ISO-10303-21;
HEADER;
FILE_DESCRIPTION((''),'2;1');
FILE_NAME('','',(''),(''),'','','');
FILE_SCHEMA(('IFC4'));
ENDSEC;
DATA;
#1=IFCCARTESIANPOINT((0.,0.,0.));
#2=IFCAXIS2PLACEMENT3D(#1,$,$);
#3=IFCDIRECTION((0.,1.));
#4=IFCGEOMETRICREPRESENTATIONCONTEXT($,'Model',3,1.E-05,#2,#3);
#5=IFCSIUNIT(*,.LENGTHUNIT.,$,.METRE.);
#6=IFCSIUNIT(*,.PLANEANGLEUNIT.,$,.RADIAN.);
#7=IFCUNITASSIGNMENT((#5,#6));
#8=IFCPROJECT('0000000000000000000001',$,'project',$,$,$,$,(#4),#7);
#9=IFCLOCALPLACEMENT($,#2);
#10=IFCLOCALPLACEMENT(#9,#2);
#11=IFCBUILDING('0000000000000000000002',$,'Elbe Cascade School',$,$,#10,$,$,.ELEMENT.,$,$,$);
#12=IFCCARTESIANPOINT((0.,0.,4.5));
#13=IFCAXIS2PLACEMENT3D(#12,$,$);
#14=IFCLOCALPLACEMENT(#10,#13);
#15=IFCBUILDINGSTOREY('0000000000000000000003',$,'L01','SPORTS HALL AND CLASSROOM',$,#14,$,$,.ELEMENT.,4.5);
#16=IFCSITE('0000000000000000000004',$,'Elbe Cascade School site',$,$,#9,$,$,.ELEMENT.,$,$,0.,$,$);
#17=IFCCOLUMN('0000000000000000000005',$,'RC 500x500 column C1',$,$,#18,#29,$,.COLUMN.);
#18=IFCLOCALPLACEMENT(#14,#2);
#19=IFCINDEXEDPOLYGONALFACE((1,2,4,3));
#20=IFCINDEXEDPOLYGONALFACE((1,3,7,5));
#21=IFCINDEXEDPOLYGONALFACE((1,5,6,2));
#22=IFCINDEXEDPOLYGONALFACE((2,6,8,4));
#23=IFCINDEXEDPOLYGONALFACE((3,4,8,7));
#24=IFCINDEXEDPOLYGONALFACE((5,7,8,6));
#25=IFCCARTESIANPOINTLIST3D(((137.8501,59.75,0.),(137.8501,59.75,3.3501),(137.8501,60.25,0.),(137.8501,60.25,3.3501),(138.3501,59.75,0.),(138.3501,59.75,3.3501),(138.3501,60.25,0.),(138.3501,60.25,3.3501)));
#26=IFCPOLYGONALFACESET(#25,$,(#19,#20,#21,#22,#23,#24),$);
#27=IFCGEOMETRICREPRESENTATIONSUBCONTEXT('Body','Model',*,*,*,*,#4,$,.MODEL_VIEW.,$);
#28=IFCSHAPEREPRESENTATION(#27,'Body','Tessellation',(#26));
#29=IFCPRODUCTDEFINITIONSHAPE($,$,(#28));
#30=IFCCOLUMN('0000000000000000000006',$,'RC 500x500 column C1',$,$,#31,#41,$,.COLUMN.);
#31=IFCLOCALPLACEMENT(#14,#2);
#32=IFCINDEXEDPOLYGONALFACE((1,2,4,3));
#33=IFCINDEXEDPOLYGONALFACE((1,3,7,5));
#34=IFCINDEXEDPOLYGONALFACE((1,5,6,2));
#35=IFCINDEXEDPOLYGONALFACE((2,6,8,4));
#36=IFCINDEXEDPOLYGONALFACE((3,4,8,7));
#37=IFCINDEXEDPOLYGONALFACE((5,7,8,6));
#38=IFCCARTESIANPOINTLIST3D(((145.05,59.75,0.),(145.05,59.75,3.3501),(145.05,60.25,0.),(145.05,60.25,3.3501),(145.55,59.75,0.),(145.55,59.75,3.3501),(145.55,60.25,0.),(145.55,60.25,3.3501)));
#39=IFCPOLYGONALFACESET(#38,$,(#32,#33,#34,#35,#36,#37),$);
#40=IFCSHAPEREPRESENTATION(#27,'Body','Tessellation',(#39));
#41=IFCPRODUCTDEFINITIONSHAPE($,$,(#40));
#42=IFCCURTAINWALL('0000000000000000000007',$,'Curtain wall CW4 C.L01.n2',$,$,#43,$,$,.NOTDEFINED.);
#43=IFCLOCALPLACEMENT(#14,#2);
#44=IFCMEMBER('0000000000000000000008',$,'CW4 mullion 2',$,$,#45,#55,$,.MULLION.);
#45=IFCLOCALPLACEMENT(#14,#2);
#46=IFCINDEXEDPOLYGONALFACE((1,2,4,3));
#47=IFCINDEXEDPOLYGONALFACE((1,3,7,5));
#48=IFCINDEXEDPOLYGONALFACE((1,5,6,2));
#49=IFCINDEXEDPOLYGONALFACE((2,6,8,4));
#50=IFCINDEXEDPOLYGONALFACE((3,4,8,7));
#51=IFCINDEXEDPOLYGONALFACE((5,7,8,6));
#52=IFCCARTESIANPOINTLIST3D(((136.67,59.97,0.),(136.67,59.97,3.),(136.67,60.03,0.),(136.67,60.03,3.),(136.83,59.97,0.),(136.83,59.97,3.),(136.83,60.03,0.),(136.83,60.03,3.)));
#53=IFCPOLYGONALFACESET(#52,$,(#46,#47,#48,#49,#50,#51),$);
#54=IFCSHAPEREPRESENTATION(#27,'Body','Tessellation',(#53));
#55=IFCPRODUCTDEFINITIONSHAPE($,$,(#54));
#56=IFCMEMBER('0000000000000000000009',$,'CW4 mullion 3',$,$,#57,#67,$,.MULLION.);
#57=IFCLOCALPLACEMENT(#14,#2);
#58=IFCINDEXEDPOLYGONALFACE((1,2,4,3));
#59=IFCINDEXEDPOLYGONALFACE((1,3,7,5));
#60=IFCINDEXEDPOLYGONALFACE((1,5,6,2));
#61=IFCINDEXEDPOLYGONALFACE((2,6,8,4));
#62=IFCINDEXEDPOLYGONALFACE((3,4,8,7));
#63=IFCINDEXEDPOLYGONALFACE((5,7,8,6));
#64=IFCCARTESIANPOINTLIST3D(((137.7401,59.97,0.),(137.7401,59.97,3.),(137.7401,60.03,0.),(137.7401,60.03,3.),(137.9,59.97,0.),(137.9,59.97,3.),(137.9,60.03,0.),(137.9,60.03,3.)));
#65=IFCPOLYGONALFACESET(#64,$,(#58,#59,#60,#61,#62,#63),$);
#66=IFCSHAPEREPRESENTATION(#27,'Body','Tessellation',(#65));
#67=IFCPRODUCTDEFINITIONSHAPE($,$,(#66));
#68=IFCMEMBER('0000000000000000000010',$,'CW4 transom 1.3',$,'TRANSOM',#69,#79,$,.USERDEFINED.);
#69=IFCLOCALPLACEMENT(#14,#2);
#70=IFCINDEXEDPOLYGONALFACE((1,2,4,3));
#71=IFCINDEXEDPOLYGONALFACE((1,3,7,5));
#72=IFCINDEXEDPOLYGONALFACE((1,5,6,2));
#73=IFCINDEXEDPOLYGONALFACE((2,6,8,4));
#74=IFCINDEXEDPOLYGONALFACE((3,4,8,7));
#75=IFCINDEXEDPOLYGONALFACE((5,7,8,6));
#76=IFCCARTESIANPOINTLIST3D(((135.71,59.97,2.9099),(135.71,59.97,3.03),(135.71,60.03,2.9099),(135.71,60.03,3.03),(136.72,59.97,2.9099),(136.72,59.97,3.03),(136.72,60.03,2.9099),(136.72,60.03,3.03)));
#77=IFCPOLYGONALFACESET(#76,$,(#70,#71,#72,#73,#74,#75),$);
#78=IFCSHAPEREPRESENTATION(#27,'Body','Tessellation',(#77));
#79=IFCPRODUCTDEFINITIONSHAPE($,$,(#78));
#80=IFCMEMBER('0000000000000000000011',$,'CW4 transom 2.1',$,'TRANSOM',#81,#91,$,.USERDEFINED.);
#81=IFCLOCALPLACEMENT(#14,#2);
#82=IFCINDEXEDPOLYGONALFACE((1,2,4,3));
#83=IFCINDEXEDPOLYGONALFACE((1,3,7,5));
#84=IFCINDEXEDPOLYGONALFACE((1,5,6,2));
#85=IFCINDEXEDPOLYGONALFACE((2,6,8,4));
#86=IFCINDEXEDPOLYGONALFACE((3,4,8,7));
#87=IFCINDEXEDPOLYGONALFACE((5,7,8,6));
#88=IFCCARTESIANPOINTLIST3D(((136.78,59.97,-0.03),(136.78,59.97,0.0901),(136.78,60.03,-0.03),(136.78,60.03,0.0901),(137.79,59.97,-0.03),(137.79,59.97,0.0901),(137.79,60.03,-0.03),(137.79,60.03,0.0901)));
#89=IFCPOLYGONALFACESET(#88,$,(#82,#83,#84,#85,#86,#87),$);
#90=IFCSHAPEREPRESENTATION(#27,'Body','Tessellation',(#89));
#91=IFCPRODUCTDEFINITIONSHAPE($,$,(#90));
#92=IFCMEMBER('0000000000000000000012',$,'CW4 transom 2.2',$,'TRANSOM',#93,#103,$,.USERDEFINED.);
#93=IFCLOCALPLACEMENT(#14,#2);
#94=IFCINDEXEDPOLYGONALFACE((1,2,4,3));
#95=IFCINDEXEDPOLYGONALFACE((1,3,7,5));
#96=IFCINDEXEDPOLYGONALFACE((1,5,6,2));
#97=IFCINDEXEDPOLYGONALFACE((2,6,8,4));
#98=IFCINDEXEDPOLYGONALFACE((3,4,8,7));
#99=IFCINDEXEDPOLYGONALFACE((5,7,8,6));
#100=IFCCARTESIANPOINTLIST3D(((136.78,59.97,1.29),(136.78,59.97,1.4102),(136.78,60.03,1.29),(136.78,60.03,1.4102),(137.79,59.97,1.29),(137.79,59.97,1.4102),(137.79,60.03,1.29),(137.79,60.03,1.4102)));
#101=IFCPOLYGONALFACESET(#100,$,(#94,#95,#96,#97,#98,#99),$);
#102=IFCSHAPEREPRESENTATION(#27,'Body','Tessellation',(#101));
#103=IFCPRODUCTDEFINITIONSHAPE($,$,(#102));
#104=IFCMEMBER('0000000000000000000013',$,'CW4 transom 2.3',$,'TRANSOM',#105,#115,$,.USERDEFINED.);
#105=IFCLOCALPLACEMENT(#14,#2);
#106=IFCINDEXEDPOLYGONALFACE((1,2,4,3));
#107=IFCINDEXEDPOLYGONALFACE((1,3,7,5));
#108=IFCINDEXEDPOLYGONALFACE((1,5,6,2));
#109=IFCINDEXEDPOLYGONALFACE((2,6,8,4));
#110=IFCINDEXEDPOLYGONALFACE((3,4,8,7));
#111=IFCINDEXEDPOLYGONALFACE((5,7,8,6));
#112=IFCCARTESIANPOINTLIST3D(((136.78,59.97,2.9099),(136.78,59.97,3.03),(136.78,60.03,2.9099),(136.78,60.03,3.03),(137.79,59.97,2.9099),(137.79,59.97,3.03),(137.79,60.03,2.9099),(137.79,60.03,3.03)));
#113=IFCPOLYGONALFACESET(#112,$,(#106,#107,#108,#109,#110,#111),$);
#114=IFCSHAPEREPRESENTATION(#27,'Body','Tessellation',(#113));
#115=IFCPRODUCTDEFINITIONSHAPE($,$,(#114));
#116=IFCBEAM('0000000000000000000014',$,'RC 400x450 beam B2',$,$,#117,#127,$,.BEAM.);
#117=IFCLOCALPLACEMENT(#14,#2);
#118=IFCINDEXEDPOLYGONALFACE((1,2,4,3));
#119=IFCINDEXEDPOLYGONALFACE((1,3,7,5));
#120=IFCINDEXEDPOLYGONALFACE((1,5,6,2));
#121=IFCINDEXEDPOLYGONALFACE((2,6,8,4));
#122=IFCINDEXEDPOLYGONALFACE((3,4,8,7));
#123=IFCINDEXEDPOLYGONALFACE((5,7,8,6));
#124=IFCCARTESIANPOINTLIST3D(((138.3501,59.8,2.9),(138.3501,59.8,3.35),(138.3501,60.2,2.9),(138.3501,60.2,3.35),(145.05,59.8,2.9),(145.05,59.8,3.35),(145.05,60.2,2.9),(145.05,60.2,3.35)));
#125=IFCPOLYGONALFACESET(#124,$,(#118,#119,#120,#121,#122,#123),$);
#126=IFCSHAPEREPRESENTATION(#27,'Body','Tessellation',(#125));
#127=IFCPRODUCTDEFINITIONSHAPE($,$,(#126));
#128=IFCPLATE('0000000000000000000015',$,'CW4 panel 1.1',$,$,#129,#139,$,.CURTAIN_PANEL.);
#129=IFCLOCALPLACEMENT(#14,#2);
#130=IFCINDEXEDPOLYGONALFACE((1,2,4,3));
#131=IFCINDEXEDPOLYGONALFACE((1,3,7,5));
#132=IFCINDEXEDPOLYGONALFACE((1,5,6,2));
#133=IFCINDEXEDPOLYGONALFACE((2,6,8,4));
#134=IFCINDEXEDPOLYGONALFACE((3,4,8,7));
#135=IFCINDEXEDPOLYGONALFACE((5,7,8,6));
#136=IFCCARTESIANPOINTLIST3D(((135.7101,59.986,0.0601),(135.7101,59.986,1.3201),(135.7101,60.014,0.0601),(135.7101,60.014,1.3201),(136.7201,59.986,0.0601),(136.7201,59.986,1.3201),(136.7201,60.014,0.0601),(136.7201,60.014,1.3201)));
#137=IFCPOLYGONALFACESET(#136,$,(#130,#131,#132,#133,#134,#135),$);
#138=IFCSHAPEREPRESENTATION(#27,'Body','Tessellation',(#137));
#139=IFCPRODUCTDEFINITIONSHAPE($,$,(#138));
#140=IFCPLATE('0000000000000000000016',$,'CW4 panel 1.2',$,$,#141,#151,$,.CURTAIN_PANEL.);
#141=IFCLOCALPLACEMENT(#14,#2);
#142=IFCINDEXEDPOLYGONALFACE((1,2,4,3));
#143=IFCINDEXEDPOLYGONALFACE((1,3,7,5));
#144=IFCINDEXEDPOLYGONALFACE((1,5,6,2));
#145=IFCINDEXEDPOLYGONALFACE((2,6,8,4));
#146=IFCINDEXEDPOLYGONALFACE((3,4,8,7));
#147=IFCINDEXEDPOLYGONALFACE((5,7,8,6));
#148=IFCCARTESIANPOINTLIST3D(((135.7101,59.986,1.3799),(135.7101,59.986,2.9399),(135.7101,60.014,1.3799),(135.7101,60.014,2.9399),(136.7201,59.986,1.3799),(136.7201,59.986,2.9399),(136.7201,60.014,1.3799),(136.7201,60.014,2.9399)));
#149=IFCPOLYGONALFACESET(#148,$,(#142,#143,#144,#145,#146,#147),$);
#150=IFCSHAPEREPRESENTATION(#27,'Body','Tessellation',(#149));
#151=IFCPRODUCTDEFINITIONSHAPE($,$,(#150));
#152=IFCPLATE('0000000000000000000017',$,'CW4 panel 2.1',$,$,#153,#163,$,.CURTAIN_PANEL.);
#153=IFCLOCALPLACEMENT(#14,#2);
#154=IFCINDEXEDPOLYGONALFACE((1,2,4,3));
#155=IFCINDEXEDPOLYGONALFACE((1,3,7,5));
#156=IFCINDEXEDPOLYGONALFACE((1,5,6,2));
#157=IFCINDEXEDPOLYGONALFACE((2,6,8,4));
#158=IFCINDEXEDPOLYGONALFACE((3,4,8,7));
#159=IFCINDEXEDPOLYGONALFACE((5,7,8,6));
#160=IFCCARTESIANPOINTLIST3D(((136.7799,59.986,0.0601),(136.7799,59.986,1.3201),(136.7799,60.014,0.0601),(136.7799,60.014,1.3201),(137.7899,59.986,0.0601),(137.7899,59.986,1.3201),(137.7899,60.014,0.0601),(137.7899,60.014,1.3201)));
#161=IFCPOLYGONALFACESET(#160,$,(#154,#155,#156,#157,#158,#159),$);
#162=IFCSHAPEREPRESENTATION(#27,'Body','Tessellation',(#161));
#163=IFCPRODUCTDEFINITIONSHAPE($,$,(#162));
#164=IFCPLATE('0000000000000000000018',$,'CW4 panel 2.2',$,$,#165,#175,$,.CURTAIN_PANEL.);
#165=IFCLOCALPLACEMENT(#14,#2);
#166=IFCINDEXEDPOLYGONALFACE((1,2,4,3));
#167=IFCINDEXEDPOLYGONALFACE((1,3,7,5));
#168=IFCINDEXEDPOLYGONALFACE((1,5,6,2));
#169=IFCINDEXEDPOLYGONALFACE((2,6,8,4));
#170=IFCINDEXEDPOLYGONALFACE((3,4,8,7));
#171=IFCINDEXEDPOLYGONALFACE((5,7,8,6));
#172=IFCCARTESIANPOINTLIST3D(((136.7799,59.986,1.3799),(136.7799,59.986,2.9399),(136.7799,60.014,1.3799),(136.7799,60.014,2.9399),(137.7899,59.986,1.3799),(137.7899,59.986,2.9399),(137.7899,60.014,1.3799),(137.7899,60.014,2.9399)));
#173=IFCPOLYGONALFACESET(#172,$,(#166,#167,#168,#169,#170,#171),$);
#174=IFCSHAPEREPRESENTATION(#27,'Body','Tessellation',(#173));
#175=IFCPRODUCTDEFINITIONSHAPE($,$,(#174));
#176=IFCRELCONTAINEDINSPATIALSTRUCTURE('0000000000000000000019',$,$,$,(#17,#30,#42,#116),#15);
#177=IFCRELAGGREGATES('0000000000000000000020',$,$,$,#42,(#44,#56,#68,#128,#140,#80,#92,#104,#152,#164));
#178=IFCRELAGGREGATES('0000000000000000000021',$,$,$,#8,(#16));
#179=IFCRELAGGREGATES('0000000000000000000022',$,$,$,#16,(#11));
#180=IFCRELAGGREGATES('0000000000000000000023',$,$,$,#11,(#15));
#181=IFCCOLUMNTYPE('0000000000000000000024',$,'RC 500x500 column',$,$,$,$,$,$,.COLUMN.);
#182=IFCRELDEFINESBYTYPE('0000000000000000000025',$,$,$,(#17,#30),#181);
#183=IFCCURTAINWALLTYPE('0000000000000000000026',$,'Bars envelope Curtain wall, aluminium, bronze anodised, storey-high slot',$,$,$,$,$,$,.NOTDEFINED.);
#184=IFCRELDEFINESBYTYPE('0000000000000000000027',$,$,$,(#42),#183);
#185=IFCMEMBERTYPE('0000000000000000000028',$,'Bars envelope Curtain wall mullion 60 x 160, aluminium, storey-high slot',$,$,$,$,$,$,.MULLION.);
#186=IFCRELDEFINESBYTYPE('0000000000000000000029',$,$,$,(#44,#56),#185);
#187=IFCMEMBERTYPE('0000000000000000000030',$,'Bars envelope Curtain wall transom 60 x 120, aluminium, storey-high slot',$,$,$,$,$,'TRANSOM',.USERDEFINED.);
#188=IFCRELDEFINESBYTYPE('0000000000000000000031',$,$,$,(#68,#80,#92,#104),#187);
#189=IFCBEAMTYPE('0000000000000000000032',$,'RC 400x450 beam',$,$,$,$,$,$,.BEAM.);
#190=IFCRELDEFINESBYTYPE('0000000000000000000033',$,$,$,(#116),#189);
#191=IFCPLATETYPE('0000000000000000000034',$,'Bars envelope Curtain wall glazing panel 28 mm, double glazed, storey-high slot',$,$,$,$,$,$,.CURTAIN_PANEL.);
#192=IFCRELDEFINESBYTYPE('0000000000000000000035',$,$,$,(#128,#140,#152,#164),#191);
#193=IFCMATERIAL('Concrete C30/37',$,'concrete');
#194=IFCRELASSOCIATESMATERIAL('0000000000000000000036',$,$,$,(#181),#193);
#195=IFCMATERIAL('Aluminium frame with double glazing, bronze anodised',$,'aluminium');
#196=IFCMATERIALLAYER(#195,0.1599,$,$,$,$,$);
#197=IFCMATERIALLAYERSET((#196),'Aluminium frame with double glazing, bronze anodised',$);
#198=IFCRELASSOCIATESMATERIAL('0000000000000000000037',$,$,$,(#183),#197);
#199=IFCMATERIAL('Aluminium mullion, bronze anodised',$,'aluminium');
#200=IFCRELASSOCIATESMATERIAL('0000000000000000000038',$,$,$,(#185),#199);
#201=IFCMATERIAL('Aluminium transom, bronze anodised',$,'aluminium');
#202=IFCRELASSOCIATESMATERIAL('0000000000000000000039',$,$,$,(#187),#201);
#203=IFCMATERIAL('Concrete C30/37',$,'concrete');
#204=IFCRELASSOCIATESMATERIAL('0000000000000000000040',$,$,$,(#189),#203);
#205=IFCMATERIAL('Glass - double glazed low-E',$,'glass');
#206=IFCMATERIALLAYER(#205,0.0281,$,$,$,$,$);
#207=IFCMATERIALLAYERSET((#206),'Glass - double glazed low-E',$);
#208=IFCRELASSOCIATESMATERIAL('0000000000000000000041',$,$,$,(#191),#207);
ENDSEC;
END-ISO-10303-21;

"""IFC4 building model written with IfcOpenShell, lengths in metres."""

from ifc_helpers import new_model, si_unit, direction, frame, origin, origin_2d, place, context, subcontext, project, spatial, rectangle, extrude, material, layer, layer_set, material_profile, profile_set, type_object, element, aggregate, save


model = new_model("IFC4")

# Units and contexts
model_context = context("Model", 3, precision=1e-05, world=origin(), true_north=direction((0.0, 1.0)))
body_context = subcontext(model_context, "Body", "Model", "MODEL_VIEW")
ifc_project = project(units=[si_unit("LENGTHUNIT", "METRE"), si_unit("PLANEANGLEUNIT", "RADIAN")], contexts=[model_context])

# Site, building, storey
site_placement = place(None, origin())
site = spatial("IfcSite", under=ifc_project, at=site_placement, Name="Elbe Cascade School site", CompositionType="ELEMENT", RefElevation=0.0)
building_placement = place(site_placement, origin())
building = spatial("IfcBuilding", under=site, at=building_placement, Name="Elbe Cascade School", CompositionType="ELEMENT")
storey_placement = place(building_placement, frame((0.0, 0.0, 4.5)))
storey = spatial("IfcBuildingStorey", under=building, at=storey_placement, Name="L01", Description="SPORTS HALL AND CLASSROOM", CompositionType="ELEMENT", Elevation=4.5)

# Columns
ifc_material_1 = material(Name="Concrete C30/37", Category="concrete")
ifc_material_profile_1 = material_profile(ifc_material_1, rectangle(XDim=0.5, YDim=0.5, at=origin_2d()), Name="RC 500x500")
ifc_profile_set_1 = profile_set([ifc_material_profile_1], Name="Concrete C30/37")
column_type = type_object("IfcColumnType", Name="RC 500x500 column", PredefinedType="COLUMN", material=ifc_profile_set_1)
for number, where, z_axis, x_axis, name in (
    (1, (138.1001, 60.0, 0.0), (0.0, 0.0, 1.0), (1.0, 0.0, 0.0), "RC 500x500 column C1"),
    (2, (145.3, 60.0, 0.0), (0.0, 0.0, 1.0), (1.0, 0.0, 0.0), "RC 500x500 column C1"),
):
    element("IfcColumn", number, at=place(storey_placement, frame(where, z_axis=z_axis, x_axis=x_axis)), inside=storey, type_object=column_type, Name=name, PredefinedType="COLUMN", context=body_context, shape_type="SweptSolid", body=[
        extrude(rectangle(XDim=0.5, YDim=0.5, at=origin_2d()), origin(), (0.0, 0.0, 1.0), 3.3501),
    ])

# Curtain wall, members
ifc_material_2 = material(Name="Aluminium frame with double glazing, bronze anodised", Category="aluminium")
ifc_layer_1 = layer(ifc_material_2, 0.1599)
ifc_layer_set_1 = layer_set([ifc_layer_1], Name="Aluminium frame with double glazing, bronze anodised")
curtain_wall_type = type_object("IfcCurtainWallType", Name="Bars envelope Curtain wall, aluminium, bronze anodised, storey-high slot", PredefinedType="NOTDEFINED", material=ifc_layer_set_1)
curtain_wall_placement = place(storey_placement, origin())
curtain_wall = element("IfcCurtainWall", 3, at=curtain_wall_placement, inside=storey, type_object=curtain_wall_type, Name="Curtain wall CW4 C.L01.n2", PredefinedType="NOTDEFINED")
ifc_material_3 = material(Name="Aluminium mullion, bronze anodised", Category="aluminium")
ifc_material_profile_2 = material_profile(ifc_material_3, rectangle(XDim=0.0601, YDim=0.1599, at=origin_2d()), Name="Bars envelope Curtain wall mullion 60 x 160, aluminium, storey-high slot")
ifc_profile_set_2 = profile_set([ifc_material_profile_2], Name="Aluminium mullion, bronze anodised")
member_type_1 = type_object("IfcMemberType", Name="Bars envelope Curtain wall mullion 60 x 160, aluminium, storey-high slot", PredefinedType="MULLION", material=ifc_profile_set_2)
member_1_placement = place(storey_placement, frame((136.75, 60.0, 0.0), z_axis=(0.0, 0.0, 1.0), x_axis=(0.0, 1.0, 0.0)))
member_1 = element("IfcMember", 4, at=member_1_placement, type_object=member_type_1, Name="CW4 mullion 2", PredefinedType="MULLION", context=body_context, shape_type="SweptSolid", body=[
    extrude(rectangle(XDim=0.0601, YDim=0.1599, at=origin_2d()), origin(), (0.0, 0.0, 1.0), 3.0),
])
member_2_placement = place(storey_placement, frame((137.8201, 60.0, 0.0), z_axis=(0.0, 0.0, 1.0), x_axis=(0.0, 1.0, 0.0)))
member_2 = element("IfcMember", 5, at=member_2_placement, type_object=member_type_1, Name="CW4 mullion 3", PredefinedType="MULLION", context=body_context, shape_type="SweptSolid", body=[
    extrude(rectangle(XDim=0.0601, YDim=0.1599, at=origin_2d()), origin(), (0.0, 0.0, 1.0), 3.0),
])
ifc_material_4 = material(Name="Aluminium transom, bronze anodised", Category="aluminium")
ifc_material_profile_3 = material_profile(ifc_material_4, rectangle(XDim=0.0601, YDim=0.1201, at=origin_2d()), Name="Bars envelope Curtain wall transom 60 x 120, aluminium, storey-high slot")
ifc_profile_set_3 = profile_set([ifc_material_profile_3], Name="Aluminium transom, bronze anodised")
member_type_2 = type_object("IfcMemberType", Name="Bars envelope Curtain wall transom 60 x 120, aluminium, storey-high slot", ElementType="TRANSOM", PredefinedType="USERDEFINED", material=ifc_profile_set_3)
member_3_placement = place(storey_placement, frame((135.71, 60.0, 2.97), z_axis=(1.0, 0.0, 0.0), x_axis=(0.0, 1.0, 0.0)))
member_3 = element("IfcMember", 6, at=member_3_placement, type_object=member_type_2, Name="CW4 transom 1.3", ObjectType="TRANSOM", PredefinedType="USERDEFINED", context=body_context, shape_type="SweptSolid", body=[
    extrude(rectangle(XDim=0.0601, YDim=0.1201, at=origin_2d()), origin(), (0.0, 0.0, 1.0), 1.01),
])
member_4_placement = place(storey_placement, frame((136.78, 60.0, 0.03), z_axis=(1.0, 0.0, 0.0), x_axis=(0.0, 1.0, 0.0)))
member_4 = element("IfcMember", 7, at=member_4_placement, type_object=member_type_2, Name="CW4 transom 2.1", ObjectType="TRANSOM", PredefinedType="USERDEFINED", context=body_context, shape_type="SweptSolid", body=[
    extrude(rectangle(XDim=0.0601, YDim=0.1201, at=origin_2d()), origin(), (0.0, 0.0, 1.0), 1.01),
])
member_5_placement = place(storey_placement, frame((136.78, 60.0, 1.3501), z_axis=(1.0, 0.0, 0.0), x_axis=(0.0, 1.0, 0.0)))
member_5 = element("IfcMember", 8, at=member_5_placement, type_object=member_type_2, Name="CW4 transom 2.2", ObjectType="TRANSOM", PredefinedType="USERDEFINED", context=body_context, shape_type="SweptSolid", body=[
    extrude(rectangle(XDim=0.0601, YDim=0.1201, at=origin_2d()), origin(), (0.0, 0.0, 1.0), 1.01),
])
member_6_placement = place(storey_placement, frame((136.78, 60.0, 2.97), z_axis=(1.0, 0.0, 0.0), x_axis=(0.0, 1.0, 0.0)))
member_6 = element("IfcMember", 9, at=member_6_placement, type_object=member_type_2, Name="CW4 transom 2.3", ObjectType="TRANSOM", PredefinedType="USERDEFINED", context=body_context, shape_type="SweptSolid", body=[
    extrude(rectangle(XDim=0.0601, YDim=0.1201, at=origin_2d()), origin(), (0.0, 0.0, 1.0), 1.01),
])

# Beam
ifc_material_5 = material(Name="Concrete C30/37", Category="concrete")
ifc_material_profile_4 = material_profile(ifc_material_5, rectangle(XDim=0.3999, YDim=0.45, at=origin_2d()), Name="RC 400x450")
ifc_profile_set_4 = profile_set([ifc_material_profile_4], Name="Concrete C30/37")
beam_type = type_object("IfcBeamType", Name="RC 400x450 beam", PredefinedType="BEAM", material=ifc_profile_set_4)
beam_placement = place(storey_placement, frame((138.3501, 60.0, 3.125), z_axis=(1.0, 0.0, 0.0), x_axis=(0.0, 1.0, 0.0)))
element("IfcBeam", 10, at=beam_placement, inside=storey, type_object=beam_type, Name="RC 400x450 beam B2", PredefinedType="BEAM", context=body_context, shape_type="SweptSolid", body=[
    extrude(rectangle(XDim=0.3999, YDim=0.45, at=origin_2d()), origin(), (0.0, 0.0, 1.0), 6.7),
])

# Plates
ifc_material_6 = material(Name="Glass - double glazed low-E", Category="glass")
ifc_layer_2 = layer(ifc_material_6, 0.0281)
ifc_layer_set_2 = layer_set([ifc_layer_2], Name="Glass - double glazed low-E")
plate_type = type_object("IfcPlateType", Name="Bars envelope Curtain wall glazing panel 28 mm, double glazed, storey-high slot", PredefinedType="CURTAIN_PANEL", material=ifc_layer_set_2)
plate_1_placement = place(storey_placement, frame((136.2151, 60.0, 0.0601), z_axis=(0.0, 0.0, 1.0), x_axis=(1.0, 0.0, 0.0)))
plate_1 = element("IfcPlate", 11, at=plate_1_placement, type_object=plate_type, Name="CW4 panel 1.1", PredefinedType="CURTAIN_PANEL", context=body_context, shape_type="SweptSolid", body=[
    extrude(rectangle(XDim=1.01, YDim=0.0281, at=origin_2d()), origin(), (0.0, 0.0, 1.0), 1.26),
])
plate_2_placement = place(storey_placement, frame((136.2151, 60.0, 1.3799), z_axis=(0.0, 0.0, 1.0), x_axis=(1.0, 0.0, 0.0)))
plate_2 = element("IfcPlate", 12, at=plate_2_placement, type_object=plate_type, Name="CW4 panel 1.2", PredefinedType="CURTAIN_PANEL", context=body_context, shape_type="SweptSolid", body=[
    extrude(rectangle(XDim=1.01, YDim=0.0281, at=origin_2d()), origin(), (0.0, 0.0, 1.0), 1.5601),
])
plate_3_placement = place(storey_placement, frame((137.2849, 60.0, 0.0601), z_axis=(0.0, 0.0, 1.0), x_axis=(1.0, 0.0, 0.0)))
plate_3 = element("IfcPlate", 13, at=plate_3_placement, type_object=plate_type, Name="CW4 panel 2.1", PredefinedType="CURTAIN_PANEL", context=body_context, shape_type="SweptSolid", body=[
    extrude(rectangle(XDim=1.01, YDim=0.0281, at=origin_2d()), origin(), (0.0, 0.0, 1.0), 1.26),
])
plate_4_placement = place(storey_placement, frame((137.2849, 60.0, 1.3799), z_axis=(0.0, 0.0, 1.0), x_axis=(1.0, 0.0, 0.0)))
plate_4 = element("IfcPlate", 14, at=plate_4_placement, type_object=plate_type, Name="CW4 panel 2.2", PredefinedType="CURTAIN_PANEL", context=body_context, shape_type="SweptSolid", body=[
    extrude(rectangle(XDim=1.01, YDim=0.0281, at=origin_2d()), origin(), (0.0, 0.0, 1.0), 1.5601),
])
aggregate(curtain_wall, [member_1, member_2, member_3, plate_1, plate_2, member_4, member_5, member_6, plate_3, plate_4])

save(model, "model.ifc")
